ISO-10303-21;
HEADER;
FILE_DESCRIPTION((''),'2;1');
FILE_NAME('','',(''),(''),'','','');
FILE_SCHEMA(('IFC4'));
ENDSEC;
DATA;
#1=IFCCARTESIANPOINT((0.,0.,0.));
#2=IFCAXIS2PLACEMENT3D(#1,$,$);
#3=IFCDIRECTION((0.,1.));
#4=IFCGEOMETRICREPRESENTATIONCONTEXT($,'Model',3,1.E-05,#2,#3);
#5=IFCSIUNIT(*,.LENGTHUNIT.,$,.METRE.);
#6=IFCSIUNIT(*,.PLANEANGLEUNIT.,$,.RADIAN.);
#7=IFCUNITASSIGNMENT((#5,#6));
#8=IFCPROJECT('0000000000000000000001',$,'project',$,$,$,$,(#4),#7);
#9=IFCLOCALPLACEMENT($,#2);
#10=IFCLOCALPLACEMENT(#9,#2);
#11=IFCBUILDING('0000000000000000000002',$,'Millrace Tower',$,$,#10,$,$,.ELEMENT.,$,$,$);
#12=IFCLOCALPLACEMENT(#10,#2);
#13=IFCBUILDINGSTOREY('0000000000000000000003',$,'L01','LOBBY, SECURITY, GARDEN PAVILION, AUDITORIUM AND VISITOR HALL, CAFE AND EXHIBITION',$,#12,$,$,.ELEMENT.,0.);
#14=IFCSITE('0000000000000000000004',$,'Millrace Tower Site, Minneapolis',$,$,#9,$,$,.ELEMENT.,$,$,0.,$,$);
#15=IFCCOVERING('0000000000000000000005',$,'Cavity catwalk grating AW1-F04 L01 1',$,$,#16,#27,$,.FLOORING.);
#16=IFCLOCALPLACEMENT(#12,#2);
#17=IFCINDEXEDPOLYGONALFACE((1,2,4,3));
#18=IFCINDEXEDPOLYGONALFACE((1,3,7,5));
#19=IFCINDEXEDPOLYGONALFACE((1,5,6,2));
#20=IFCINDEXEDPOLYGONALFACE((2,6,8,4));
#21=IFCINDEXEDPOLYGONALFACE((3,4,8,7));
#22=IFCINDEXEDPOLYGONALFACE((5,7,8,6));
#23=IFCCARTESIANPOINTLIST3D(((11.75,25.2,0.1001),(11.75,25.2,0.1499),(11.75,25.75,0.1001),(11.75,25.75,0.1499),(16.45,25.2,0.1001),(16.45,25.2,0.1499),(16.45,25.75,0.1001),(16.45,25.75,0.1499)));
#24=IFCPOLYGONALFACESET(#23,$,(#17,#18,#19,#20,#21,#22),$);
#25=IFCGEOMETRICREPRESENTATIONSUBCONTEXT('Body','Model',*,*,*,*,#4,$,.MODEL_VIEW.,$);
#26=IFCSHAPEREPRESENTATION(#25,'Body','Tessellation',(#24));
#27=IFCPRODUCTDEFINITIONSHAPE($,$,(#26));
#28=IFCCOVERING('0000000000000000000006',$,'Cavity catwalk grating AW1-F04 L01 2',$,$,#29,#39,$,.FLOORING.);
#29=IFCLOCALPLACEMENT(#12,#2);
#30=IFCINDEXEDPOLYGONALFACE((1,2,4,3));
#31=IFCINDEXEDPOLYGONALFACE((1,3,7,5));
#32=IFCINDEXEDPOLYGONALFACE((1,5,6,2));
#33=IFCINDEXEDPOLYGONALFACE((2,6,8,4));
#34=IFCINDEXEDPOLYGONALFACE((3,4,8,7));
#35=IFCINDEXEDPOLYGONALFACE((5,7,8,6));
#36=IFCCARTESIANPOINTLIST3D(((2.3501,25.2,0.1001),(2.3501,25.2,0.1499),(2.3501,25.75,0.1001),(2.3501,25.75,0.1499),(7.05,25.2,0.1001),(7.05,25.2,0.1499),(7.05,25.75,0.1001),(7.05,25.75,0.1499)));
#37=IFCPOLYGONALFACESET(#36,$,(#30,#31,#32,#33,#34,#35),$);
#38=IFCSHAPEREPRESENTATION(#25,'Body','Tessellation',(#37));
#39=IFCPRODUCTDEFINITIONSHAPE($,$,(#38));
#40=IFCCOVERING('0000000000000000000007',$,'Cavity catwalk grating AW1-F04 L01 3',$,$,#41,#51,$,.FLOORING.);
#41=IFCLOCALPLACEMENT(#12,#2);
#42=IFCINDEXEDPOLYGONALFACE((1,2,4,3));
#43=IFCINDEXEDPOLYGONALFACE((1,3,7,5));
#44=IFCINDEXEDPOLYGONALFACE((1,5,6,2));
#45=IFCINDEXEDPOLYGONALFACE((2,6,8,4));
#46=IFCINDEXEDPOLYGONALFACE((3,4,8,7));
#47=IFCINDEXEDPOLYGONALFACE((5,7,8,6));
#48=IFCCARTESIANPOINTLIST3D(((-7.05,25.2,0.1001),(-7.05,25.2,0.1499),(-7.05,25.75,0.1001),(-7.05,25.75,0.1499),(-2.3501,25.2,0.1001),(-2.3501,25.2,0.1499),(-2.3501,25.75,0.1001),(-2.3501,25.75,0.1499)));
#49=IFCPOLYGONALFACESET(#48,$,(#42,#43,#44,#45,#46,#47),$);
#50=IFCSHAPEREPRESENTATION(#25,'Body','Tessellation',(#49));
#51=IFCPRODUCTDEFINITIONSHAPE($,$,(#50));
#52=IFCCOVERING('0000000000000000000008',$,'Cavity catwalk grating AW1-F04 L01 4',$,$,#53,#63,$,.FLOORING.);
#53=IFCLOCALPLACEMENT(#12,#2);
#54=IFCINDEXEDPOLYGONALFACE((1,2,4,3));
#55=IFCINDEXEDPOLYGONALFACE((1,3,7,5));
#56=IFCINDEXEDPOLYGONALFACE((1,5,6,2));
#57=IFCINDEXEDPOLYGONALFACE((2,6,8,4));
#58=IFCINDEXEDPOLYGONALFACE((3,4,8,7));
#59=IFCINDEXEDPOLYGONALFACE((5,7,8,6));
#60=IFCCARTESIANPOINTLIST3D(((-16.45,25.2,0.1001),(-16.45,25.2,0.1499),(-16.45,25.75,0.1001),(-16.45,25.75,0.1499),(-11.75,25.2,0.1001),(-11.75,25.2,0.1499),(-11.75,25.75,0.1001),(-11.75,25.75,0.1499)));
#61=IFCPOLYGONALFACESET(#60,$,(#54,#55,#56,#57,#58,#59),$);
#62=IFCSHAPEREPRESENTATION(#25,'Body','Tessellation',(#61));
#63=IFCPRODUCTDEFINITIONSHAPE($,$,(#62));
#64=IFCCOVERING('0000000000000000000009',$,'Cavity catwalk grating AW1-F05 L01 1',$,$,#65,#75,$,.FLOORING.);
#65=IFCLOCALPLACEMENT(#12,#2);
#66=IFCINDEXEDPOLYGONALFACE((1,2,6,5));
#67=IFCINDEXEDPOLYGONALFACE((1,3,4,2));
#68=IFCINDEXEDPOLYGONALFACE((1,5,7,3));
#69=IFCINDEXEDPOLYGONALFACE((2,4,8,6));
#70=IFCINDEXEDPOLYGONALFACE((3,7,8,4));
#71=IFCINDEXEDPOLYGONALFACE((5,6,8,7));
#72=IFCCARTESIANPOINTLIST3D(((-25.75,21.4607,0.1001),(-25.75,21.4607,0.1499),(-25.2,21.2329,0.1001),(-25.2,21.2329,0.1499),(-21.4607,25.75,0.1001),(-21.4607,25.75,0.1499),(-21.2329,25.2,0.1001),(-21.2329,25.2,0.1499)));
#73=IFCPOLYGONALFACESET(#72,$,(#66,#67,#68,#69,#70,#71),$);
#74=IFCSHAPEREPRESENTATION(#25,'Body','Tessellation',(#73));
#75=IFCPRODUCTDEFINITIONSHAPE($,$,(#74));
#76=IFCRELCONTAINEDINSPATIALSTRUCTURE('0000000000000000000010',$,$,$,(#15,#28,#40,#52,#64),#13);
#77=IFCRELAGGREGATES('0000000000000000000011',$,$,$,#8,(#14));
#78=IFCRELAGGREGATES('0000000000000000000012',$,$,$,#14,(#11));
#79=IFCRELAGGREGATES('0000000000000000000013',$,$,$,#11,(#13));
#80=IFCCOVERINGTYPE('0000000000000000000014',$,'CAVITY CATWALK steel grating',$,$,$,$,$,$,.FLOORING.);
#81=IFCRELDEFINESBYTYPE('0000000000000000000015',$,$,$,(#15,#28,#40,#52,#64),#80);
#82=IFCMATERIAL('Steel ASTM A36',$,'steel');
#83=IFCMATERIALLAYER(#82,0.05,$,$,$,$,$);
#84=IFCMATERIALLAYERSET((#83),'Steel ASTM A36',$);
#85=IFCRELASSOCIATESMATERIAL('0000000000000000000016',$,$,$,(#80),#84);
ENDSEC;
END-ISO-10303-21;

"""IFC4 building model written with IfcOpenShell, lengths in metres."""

from ifc_helpers import new_model, si_unit, direction, frame, origin, place, context, subcontext, project, spatial, polyline, outline, extrude, material, layer, layer_set, type_object, element, save


model = new_model("IFC4")

# Units and contexts
model_context = context("Model", 3, precision=1e-05, world=origin(), true_north=direction((0.0, 1.0)))
body_context = subcontext(model_context, "Body", "Model", "MODEL_VIEW")
ifc_project = project(units=[si_unit("LENGTHUNIT", "METRE"), si_unit("PLANEANGLEUNIT", "RADIAN")], contexts=[model_context])

# Site, building, storey
site_placement = place(None, origin())
site = spatial("IfcSite", under=ifc_project, at=site_placement, Name="Millrace Tower Site, Minneapolis", CompositionType="ELEMENT", RefElevation=0.0)
building_placement = place(site_placement, origin())
building = spatial("IfcBuilding", under=site, at=building_placement, Name="Millrace Tower", CompositionType="ELEMENT")
storey_placement = place(building_placement, origin())
storey = spatial("IfcBuildingStorey", under=building, at=storey_placement, Name="L01", Description="LOBBY, SECURITY, GARDEN PAVILION, AUDITORIUM AND VISITOR HALL, CAFE AND EXHIBITION", CompositionType="ELEMENT", Elevation=0.0)

# Coverings
ifc_material_1 = material(Name="Steel ASTM A36", Category="steel")
ifc_layer_1 = layer(ifc_material_1, 0.05)
ifc_layer_set_1 = layer_set([ifc_layer_1], Name="Steel ASTM A36")
covering_type = type_object("IfcCoveringType", Name="CAVITY CATWALK steel grating", PredefinedType="FLOORING", material=ifc_layer_set_1)
placement_1 = place(storey_placement, frame((0.0, 0.0, 0.1001)))
element("IfcCovering", 1, at=placement_1, inside=storey, type_object=covering_type, Name="Cavity catwalk grating AW1-F04 L01 1", PredefinedType="FLOORING", context=body_context, shape_type="SweptSolid", body=[
    extrude(outline(polyline([(16.45, 25.75), (11.75, 25.75), (11.75, 25.2), (16.45, 25.2), (16.45, 25.75)])), origin(), (0.0, 0.0, 1.0), 0.0498),
])
element("IfcCovering", 2, at=placement_1, inside=storey, type_object=covering_type, Name="Cavity catwalk grating AW1-F04 L01 2", PredefinedType="FLOORING", context=body_context, shape_type="SweptSolid", body=[
    extrude(outline(polyline([(7.05, 25.75), (2.3501, 25.75), (2.3501, 25.2), (7.05, 25.2), (7.05, 25.75)])), origin(), (0.0, 0.0, 1.0), 0.0498),
])
element("IfcCovering", 3, at=placement_1, inside=storey, type_object=covering_type, Name="Cavity catwalk grating AW1-F04 L01 3", PredefinedType="FLOORING", context=body_context, shape_type="SweptSolid", body=[
    extrude(outline(polyline([(-2.3501, 25.75), (-7.05, 25.75), (-7.05, 25.2), (-2.3501, 25.2), (-2.3501, 25.75)])), origin(), (0.0, 0.0, 1.0), 0.0498),
])
element("IfcCovering", 4, at=placement_1, inside=storey, type_object=covering_type, Name="Cavity catwalk grating AW1-F04 L01 4", PredefinedType="FLOORING", context=body_context, shape_type="SweptSolid", body=[
    extrude(outline(polyline([(-11.75, 25.75), (-16.45, 25.75), (-16.45, 25.2), (-11.75, 25.2), (-11.75, 25.75)])), origin(), (0.0, 0.0, 1.0), 0.0498),
])
element("IfcCovering", 5, at=placement_1, inside=storey, type_object=covering_type, Name="Cavity catwalk grating AW1-F05 L01 1", PredefinedType="FLOORING", context=body_context, shape_type="SweptSolid", body=[
    extrude(outline(polyline([(-21.4607, 25.75), (-25.75, 21.4607), (-25.2, 21.2329), (-21.2329, 25.2), (-21.4607, 25.75)])), origin(), (0.0, 0.0, 1.0), 0.0498),
])

save(model, "model.ifc")
